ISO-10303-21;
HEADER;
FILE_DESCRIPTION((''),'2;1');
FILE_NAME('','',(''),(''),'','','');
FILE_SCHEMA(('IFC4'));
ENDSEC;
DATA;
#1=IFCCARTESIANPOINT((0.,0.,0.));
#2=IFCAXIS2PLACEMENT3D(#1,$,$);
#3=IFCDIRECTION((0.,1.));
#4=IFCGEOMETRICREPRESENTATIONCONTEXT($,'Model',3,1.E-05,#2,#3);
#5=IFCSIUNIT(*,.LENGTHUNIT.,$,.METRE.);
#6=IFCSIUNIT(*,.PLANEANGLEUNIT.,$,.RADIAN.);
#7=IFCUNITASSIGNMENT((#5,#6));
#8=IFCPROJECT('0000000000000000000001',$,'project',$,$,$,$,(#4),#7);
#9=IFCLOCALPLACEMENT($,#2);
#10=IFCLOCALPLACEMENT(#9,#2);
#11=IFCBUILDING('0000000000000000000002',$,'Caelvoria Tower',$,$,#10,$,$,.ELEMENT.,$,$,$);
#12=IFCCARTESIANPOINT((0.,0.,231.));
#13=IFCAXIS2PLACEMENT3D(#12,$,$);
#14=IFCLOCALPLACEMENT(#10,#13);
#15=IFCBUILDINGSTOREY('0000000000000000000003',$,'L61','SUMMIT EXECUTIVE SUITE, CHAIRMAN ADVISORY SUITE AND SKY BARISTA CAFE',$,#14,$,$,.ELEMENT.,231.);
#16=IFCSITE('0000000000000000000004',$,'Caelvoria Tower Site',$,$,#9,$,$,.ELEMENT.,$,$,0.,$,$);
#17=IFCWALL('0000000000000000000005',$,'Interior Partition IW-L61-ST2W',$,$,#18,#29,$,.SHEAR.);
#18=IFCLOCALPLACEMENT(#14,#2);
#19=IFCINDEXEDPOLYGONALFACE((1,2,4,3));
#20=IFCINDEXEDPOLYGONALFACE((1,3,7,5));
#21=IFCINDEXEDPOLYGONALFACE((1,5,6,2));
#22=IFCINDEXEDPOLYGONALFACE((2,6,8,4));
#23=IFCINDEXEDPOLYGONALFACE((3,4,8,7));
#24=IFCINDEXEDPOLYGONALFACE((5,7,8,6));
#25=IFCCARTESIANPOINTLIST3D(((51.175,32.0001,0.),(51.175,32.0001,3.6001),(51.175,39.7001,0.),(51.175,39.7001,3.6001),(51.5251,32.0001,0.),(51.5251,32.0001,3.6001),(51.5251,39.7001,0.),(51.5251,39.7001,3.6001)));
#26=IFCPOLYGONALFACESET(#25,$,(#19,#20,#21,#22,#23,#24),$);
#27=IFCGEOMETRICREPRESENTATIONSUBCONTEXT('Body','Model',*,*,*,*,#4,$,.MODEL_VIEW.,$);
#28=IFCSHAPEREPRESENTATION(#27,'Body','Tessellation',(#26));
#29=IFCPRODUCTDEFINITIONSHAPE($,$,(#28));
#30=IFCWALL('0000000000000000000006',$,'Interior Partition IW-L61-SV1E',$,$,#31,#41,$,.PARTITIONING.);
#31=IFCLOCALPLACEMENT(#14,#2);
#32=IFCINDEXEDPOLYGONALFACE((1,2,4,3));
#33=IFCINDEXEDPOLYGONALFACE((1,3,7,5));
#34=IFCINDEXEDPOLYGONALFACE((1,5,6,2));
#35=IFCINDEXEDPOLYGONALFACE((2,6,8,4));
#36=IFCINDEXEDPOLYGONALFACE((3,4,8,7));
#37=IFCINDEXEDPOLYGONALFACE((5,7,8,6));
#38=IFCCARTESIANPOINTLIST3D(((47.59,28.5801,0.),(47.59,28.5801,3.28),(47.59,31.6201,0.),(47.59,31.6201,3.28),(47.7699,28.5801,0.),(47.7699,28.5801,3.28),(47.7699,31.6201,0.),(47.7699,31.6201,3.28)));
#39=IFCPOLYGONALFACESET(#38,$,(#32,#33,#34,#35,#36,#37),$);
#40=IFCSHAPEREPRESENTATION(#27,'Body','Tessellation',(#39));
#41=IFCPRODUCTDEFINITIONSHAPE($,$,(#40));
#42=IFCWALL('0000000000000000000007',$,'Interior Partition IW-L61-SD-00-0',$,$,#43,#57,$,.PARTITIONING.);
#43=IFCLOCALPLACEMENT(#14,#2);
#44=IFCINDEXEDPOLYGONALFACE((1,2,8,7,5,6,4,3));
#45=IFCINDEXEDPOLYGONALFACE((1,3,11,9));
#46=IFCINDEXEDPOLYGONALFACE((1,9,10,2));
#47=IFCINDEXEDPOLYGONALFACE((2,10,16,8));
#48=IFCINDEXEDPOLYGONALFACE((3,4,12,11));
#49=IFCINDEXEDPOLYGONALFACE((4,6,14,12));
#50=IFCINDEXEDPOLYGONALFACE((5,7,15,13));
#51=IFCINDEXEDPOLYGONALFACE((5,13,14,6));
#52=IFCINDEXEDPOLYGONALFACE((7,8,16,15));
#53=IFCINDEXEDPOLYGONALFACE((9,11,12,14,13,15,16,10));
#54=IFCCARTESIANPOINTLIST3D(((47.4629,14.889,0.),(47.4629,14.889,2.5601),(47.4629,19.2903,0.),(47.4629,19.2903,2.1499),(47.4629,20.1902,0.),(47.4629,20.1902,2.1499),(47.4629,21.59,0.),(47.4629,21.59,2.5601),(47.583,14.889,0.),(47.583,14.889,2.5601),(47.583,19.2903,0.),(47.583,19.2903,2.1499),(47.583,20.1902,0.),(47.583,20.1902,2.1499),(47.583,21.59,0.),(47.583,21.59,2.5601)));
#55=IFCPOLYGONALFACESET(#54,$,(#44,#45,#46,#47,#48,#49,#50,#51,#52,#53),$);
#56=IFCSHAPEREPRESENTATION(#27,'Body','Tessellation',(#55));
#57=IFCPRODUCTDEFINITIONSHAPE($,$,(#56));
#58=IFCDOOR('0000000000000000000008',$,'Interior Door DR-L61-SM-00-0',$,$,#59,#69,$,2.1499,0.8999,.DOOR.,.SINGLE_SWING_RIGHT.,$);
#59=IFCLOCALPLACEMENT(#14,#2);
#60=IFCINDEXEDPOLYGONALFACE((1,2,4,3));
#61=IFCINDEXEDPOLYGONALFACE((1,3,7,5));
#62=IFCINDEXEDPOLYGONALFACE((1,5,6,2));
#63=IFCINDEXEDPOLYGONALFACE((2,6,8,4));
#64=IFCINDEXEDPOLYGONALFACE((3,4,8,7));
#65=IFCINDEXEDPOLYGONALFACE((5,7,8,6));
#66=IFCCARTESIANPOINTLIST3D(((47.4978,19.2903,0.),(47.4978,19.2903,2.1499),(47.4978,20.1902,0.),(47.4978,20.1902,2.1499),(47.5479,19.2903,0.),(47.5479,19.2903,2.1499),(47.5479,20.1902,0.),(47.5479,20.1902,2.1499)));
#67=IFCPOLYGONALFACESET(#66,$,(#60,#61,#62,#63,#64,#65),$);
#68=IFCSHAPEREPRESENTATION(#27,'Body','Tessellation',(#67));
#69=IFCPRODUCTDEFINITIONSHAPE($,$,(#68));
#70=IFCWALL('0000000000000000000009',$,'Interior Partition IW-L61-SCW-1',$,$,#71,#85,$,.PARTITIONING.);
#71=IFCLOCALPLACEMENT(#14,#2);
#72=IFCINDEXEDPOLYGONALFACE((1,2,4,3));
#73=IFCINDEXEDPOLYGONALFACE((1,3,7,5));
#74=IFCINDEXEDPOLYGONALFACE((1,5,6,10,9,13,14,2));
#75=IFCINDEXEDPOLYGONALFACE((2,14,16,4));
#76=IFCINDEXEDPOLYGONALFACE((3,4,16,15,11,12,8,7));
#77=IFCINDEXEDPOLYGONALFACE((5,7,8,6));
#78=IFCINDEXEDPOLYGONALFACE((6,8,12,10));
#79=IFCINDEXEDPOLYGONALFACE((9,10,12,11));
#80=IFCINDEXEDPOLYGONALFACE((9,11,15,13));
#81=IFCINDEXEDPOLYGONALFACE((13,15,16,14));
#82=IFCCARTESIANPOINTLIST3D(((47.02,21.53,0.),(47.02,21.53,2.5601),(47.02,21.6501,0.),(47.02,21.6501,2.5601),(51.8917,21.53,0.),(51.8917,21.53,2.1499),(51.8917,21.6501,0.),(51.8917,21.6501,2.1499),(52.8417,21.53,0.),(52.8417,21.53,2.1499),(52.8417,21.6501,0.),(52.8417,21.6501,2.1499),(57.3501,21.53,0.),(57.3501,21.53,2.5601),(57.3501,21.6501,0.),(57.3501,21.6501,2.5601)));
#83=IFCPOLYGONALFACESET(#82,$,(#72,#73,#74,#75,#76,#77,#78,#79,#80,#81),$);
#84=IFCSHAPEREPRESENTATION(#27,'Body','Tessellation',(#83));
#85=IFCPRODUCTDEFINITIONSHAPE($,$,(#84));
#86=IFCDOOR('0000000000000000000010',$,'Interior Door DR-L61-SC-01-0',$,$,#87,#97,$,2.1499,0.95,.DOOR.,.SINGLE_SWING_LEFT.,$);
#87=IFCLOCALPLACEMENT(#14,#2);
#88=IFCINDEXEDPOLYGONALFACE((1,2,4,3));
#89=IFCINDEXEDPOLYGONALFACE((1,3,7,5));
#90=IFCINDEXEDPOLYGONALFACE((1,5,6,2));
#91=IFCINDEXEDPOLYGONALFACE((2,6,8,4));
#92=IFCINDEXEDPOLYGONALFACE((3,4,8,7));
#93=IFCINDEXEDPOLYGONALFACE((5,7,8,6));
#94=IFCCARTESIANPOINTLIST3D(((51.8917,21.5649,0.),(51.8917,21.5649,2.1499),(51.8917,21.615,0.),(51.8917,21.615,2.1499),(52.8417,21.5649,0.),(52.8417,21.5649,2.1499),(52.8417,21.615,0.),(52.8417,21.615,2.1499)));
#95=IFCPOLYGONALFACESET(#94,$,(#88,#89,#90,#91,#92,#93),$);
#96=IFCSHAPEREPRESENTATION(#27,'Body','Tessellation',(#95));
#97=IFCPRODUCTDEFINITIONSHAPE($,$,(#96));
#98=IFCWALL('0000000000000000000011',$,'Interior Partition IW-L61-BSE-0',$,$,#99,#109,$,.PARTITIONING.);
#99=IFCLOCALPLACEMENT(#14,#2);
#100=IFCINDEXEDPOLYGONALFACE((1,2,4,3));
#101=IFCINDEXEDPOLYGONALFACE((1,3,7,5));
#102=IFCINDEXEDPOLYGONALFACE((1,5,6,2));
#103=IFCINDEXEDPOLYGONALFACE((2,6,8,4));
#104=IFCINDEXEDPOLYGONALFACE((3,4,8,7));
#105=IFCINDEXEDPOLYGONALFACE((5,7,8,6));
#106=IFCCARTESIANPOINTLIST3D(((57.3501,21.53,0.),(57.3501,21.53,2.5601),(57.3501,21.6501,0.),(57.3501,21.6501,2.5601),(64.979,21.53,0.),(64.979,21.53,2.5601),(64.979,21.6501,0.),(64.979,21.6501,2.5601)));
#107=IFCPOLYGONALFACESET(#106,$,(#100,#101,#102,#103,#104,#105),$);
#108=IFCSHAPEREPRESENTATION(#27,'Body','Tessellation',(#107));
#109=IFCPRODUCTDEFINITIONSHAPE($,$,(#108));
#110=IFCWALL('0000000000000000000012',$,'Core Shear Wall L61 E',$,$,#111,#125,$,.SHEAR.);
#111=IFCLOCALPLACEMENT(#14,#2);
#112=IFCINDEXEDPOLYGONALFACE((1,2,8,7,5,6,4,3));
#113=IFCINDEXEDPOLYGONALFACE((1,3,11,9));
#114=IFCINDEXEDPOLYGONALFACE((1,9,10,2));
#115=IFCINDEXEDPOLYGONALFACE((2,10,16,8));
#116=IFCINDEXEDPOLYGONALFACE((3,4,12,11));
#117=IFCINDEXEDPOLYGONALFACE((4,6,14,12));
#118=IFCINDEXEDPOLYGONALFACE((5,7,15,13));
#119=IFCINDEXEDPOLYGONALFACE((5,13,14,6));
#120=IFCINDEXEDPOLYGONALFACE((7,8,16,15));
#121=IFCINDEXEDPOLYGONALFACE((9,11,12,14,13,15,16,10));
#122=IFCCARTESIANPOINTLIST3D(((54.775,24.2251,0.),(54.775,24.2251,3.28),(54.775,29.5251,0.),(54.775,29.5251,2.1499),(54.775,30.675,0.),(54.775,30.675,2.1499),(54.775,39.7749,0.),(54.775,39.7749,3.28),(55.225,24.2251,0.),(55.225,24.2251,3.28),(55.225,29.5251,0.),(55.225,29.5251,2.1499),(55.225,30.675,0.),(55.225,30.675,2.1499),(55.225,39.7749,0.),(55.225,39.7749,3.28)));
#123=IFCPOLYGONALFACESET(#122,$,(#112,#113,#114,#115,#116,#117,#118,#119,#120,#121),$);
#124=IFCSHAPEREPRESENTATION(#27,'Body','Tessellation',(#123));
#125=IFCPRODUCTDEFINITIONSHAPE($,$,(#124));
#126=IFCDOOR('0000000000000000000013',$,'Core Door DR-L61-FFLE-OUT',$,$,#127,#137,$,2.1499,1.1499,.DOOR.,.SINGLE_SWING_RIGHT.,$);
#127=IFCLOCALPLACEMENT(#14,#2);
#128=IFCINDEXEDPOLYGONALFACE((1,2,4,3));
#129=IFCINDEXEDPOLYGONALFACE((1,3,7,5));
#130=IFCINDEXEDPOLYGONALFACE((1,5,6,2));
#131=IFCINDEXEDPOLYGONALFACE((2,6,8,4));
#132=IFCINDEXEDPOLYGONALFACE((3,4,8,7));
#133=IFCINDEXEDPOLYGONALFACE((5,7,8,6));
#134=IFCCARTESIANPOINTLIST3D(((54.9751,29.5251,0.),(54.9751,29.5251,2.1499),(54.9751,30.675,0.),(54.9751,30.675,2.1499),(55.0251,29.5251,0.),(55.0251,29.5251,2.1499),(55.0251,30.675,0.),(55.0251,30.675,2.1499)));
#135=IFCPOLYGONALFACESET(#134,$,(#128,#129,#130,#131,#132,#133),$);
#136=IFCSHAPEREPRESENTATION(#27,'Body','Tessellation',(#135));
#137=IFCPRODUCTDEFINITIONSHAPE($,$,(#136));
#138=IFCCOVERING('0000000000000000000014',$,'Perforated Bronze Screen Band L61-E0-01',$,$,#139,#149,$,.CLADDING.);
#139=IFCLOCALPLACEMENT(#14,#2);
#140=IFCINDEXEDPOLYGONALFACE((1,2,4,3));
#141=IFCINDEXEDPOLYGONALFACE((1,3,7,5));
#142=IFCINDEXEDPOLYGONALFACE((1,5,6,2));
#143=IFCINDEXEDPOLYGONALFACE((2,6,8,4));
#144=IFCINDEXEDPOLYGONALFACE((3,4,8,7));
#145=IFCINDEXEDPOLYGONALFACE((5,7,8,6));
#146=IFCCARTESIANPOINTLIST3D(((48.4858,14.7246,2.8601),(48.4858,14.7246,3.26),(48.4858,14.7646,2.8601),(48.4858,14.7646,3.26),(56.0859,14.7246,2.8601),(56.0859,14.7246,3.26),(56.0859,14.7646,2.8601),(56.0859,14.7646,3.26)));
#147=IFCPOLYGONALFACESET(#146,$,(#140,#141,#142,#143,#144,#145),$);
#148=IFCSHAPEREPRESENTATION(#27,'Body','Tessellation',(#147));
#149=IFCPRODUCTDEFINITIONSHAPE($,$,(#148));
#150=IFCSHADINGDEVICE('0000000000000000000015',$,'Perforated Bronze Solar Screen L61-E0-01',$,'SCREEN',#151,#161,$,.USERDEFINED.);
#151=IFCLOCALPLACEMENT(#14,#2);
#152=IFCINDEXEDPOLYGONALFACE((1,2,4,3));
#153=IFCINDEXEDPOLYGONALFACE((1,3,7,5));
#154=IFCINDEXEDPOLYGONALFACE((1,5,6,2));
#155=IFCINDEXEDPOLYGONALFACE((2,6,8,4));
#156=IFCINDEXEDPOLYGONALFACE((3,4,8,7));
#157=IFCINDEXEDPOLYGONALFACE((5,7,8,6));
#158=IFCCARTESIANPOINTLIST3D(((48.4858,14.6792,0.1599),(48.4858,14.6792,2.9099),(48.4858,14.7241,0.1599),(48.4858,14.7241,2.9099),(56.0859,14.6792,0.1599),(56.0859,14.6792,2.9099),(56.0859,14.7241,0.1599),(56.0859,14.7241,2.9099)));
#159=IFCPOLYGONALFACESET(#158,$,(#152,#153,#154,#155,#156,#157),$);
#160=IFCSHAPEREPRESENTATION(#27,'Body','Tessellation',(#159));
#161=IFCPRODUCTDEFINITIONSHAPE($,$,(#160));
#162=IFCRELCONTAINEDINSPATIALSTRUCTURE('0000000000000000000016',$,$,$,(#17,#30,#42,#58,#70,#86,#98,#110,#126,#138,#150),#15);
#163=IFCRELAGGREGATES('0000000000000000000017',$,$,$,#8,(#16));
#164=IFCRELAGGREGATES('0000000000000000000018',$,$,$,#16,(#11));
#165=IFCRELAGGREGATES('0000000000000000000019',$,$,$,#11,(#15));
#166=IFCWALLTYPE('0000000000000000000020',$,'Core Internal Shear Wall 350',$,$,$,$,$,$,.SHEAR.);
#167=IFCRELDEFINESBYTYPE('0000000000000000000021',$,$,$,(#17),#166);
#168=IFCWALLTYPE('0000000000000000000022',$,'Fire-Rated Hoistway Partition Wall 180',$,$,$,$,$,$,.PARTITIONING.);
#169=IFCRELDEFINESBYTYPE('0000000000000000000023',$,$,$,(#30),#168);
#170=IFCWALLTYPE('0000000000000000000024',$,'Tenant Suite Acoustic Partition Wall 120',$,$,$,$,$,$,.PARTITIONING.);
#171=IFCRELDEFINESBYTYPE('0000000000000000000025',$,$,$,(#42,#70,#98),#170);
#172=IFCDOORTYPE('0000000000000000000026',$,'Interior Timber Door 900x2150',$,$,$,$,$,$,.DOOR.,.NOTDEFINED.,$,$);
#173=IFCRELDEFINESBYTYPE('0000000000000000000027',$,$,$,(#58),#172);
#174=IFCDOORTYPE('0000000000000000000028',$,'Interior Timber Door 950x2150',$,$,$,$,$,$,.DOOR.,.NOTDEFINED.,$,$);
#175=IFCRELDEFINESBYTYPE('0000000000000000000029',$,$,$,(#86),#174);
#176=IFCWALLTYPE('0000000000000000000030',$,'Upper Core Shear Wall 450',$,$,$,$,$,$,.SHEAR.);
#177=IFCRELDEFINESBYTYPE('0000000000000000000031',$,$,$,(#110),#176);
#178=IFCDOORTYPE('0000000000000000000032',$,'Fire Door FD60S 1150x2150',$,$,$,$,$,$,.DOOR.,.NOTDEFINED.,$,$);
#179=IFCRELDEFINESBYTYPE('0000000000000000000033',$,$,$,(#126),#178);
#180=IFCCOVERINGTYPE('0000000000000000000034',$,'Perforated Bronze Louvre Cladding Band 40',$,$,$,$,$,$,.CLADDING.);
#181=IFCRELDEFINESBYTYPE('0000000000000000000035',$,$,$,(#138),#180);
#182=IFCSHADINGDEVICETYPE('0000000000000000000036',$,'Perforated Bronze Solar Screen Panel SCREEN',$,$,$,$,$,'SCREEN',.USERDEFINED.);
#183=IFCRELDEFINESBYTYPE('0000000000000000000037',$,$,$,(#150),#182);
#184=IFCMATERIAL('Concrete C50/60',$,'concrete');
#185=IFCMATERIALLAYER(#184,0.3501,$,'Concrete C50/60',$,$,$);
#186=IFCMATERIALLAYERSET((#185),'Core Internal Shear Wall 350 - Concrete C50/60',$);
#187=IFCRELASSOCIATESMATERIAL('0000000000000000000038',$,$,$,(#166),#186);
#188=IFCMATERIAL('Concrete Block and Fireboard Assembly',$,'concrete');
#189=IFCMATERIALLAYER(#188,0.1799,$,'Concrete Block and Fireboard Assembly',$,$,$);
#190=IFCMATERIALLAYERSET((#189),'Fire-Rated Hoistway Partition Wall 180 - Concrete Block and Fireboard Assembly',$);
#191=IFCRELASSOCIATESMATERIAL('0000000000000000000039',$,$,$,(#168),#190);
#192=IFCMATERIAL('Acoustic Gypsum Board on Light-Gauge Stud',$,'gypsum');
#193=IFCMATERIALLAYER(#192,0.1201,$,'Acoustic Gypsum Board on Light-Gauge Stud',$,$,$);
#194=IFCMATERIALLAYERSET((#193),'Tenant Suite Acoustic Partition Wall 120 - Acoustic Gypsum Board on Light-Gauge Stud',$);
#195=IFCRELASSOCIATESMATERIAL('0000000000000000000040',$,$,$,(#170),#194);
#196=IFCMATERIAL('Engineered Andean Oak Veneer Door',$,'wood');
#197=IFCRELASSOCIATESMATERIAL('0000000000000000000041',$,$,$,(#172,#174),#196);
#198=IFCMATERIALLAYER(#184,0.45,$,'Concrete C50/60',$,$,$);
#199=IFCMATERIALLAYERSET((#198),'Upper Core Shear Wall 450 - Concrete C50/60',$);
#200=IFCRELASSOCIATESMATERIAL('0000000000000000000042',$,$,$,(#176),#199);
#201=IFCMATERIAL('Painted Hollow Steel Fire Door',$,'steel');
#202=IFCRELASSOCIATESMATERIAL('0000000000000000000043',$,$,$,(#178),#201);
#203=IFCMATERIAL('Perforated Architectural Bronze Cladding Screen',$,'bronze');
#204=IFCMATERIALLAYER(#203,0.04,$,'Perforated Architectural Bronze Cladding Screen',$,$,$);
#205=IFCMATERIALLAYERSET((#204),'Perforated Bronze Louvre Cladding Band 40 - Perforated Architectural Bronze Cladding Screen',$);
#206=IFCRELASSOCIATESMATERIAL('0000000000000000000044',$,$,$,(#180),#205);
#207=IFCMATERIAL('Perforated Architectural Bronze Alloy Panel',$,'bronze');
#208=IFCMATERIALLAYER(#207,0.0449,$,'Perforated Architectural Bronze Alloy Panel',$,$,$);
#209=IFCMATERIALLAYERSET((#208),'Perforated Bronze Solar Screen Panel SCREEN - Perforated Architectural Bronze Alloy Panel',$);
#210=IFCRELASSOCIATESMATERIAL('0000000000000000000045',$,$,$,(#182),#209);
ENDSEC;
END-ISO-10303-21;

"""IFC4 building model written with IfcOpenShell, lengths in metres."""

from ifc_helpers import new_model, si_unit, direction, frame, frame_2d, origin, origin_2d, place, context, subcontext, project, spatial, rectangle, extrude, material, layer, layer_set, type_object, element, fill, save


model = new_model("IFC4")

# Units and contexts
model_context = context("Model", 3, precision=1e-05, world=origin(), true_north=direction((0.0, 1.0)))
body_context = subcontext(model_context, "Body", "Model", "MODEL_VIEW")
ifc_project = project(units=[si_unit("LENGTHUNIT", "METRE"), si_unit("PLANEANGLEUNIT", "RADIAN")], contexts=[model_context])

# Site, building, storey
site_placement = place(None, origin())
site = spatial("IfcSite", under=ifc_project, at=site_placement, Name="Caelvoria Tower Site", CompositionType="ELEMENT", RefElevation=0.0)
building_placement = place(site_placement, origin())
building = spatial("IfcBuilding", under=site, at=building_placement, Name="Caelvoria Tower", CompositionType="ELEMENT")
storey_placement = place(building_placement, frame((0.0, 0.0, 231.0)))
storey = spatial("IfcBuildingStorey", under=building, at=storey_placement, Name="L61", Description="SUMMIT EXECUTIVE SUITE, CHAIRMAN ADVISORY SUITE AND SKY BARISTA CAFE", CompositionType="ELEMENT", Elevation=231.0)

# Wall
ifc_material_1 = material(Name="Concrete C50/60", Category="concrete")
ifc_layer_1 = layer(ifc_material_1, 0.3501, Name="Concrete C50/60")
ifc_layer_set_1 = layer_set([ifc_layer_1], Name="Core Internal Shear Wall 350 - Concrete C50/60")
wall_type_1 = type_object("IfcWallType", Name="Core Internal Shear Wall 350", PredefinedType="SHEAR", material=ifc_layer_set_1)
wall_1_placement = place(storey_placement, frame((51.3501, 32.0, 0.0), z_axis=(0.0, 0.0, 1.0), x_axis=(0.0, 1.0, 0.0)))
element("IfcWall", 1, at=wall_1_placement, inside=storey, type_object=wall_type_1, Name="Interior Partition IW-L61-ST2W", PredefinedType="SHEAR", context=body_context, shape_type="SweptSolid", body=[
    extrude(rectangle(XDim=7.7, YDim=0.3501, at=frame_2d((3.8501, 0.0))), origin(), (0.0, 0.0, 1.0), 3.6001),
])

# Wall
ifc_material_2 = material(Name="Concrete Block and Fireboard Assembly", Category="concrete")
ifc_layer_2 = layer(ifc_material_2, 0.1799, Name="Concrete Block and Fireboard Assembly")
ifc_layer_set_2 = layer_set([ifc_layer_2], Name="Fire-Rated Hoistway Partition Wall 180 - Concrete Block and Fireboard Assembly")
wall_type_2 = type_object("IfcWallType", Name="Fire-Rated Hoistway Partition Wall 180", PredefinedType="PARTITIONING", material=ifc_layer_set_2)
wall_2_placement = place(storey_placement, frame((47.6799, 28.5801, 0.0), z_axis=(0.0, 0.0, 1.0), x_axis=(0.0, 1.0, 0.0)))
element("IfcWall", 2, at=wall_2_placement, inside=storey, type_object=wall_type_2, Name="Interior Partition IW-L61-SV1E", PredefinedType="PARTITIONING", context=body_context, shape_type="SweptSolid", body=[
    extrude(rectangle(XDim=3.04, YDim=0.1799, at=frame_2d((1.52, 0.0))), origin(), (0.0, 0.0, 1.0), 3.28),
])

# Walls, openings, doors
ifc_material_3 = material(Name="Acoustic Gypsum Board on Light-Gauge Stud", Category="gypsum")
ifc_layer_3 = layer(ifc_material_3, 0.1201, Name="Acoustic Gypsum Board on Light-Gauge Stud")
ifc_layer_set_3 = layer_set([ifc_layer_3], Name="Tenant Suite Acoustic Partition Wall 120 - Acoustic Gypsum Board on Light-Gauge Stud")
wall_type_3 = type_object("IfcWallType", Name="Tenant Suite Acoustic Partition Wall 120", PredefinedType="PARTITIONING", material=ifc_layer_set_3)
wall_3_placement = place(storey_placement, frame((47.5229, 21.5901, 0.0), z_axis=(0.0, 0.0, 1.0), x_axis=(0.0, -1.0, 0.0)))
wall_3 = element("IfcWall", 3, at=wall_3_placement, inside=storey, type_object=wall_type_3, Name="Interior Partition IW-L61-SD-00-0", PredefinedType="PARTITIONING", context=body_context, shape_type="SweptSolid", body=[
    extrude(rectangle(XDim=6.7009, YDim=0.1201, at=frame_2d((3.3506, 0.0))), origin(), (0.0, 0.0, 1.0), 2.5601),
])
opening_1_placement = place(wall_3_placement, frame((1.3999, 0.0, 0.0)))
opening_1 = element("IfcOpeningElement", 4, at=opening_1_placement, cuts=wall_3, PredefinedType="OPENING", context=body_context, shape_type="SweptSolid", body=[
    extrude(rectangle(XDim=0.8999, YDim=2.1499, at=frame_2d((0.45, 1.075))), frame((0.0, 0.0701, 0.0), z_axis=(0.0, -1.0, 0.0), x_axis=(1.0, 0.0, 0.0)), (0.0, 0.0, 1.0), 0.1401),
])
ifc_material_4 = material(Name="Engineered Andean Oak Veneer Door", Category="wood")
door_type_1 = type_object("IfcDoorType", Name="Interior Timber Door 900x2150", OperationType="NOTDEFINED", PredefinedType="DOOR", material=ifc_material_4)
door_1_placement = place(opening_1_placement, origin())
door_1 = element("IfcDoor", 5, at=door_1_placement, inside=storey, type_object=door_type_1, Name="Interior Door DR-L61-SM-00-0", OperationType="SINGLE_SWING_RIGHT", OverallHeight=2.1499, OverallWidth=0.8999, PredefinedType="DOOR", context=body_context, shape_type="SweptSolid", body=[
    extrude(rectangle(XDim=0.8999, YDim=2.1499, at=frame_2d((0.45, 1.075))), frame((0.0, 0.0249, 0.0), z_axis=(0.0, -1.0, 0.0), x_axis=(1.0, 0.0, 0.0)), (0.0, 0.0, 1.0), 0.05),
])
fill(opening_1, door_1)
wall_4_placement = place(storey_placement, frame((47.02, 21.5901, 0.0), z_axis=(0.0, 0.0, 1.0), x_axis=(1.0, 0.0, 0.0)))
wall_4 = element("IfcWall", 6, at=wall_4_placement, inside=storey, type_object=wall_type_3, Name="Interior Partition IW-L61-SCW-1", PredefinedType="PARTITIONING", context=body_context, shape_type="SweptSolid", body=[
    extrude(rectangle(XDim=10.3301, YDim=0.1201, at=frame_2d((5.165, 0.0))), origin(), (0.0, 0.0, 1.0), 2.5601),
])
opening_2_placement = place(wall_4_placement, frame((4.8716, 0.0, 0.0)))
opening_2 = element("IfcOpeningElement", 7, at=opening_2_placement, cuts=wall_4, PredefinedType="OPENING", context=body_context, shape_type="SweptSolid", body=[
    extrude(rectangle(XDim=0.95, YDim=2.1499, at=frame_2d((0.4751, 1.075))), frame((0.0, 0.0701, 0.0), z_axis=(0.0, -1.0, 0.0), x_axis=(1.0, 0.0, 0.0)), (0.0, 0.0, 1.0), 0.1401),
])
door_type_2 = type_object("IfcDoorType", Name="Interior Timber Door 950x2150", OperationType="NOTDEFINED", PredefinedType="DOOR", material=ifc_material_4)
door_2_placement = place(opening_2_placement, origin())
door_2 = element("IfcDoor", 8, at=door_2_placement, inside=storey, type_object=door_type_2, Name="Interior Door DR-L61-SC-01-0", OperationType="SINGLE_SWING_LEFT", OverallHeight=2.1499, OverallWidth=0.95, PredefinedType="DOOR", context=body_context, shape_type="SweptSolid", body=[
    extrude(rectangle(XDim=0.95, YDim=2.1499, at=frame_2d((0.4751, 1.075))), frame((0.0, 0.0249, 0.0), z_axis=(0.0, -1.0, 0.0), x_axis=(1.0, 0.0, 0.0)), (0.0, 0.0, 1.0), 0.05),
])
fill(opening_2, door_2)

# Wall
wall_5_placement = place(storey_placement, frame((57.3501, 21.5901, 0.0), z_axis=(0.0, 0.0, 1.0), x_axis=(1.0, 0.0, 0.0)))
element("IfcWall", 9, at=wall_5_placement, inside=storey, type_object=wall_type_3, Name="Interior Partition IW-L61-BSE-0", PredefinedType="PARTITIONING", context=body_context, shape_type="SweptSolid", body=[
    extrude(rectangle(XDim=7.6289, YDim=0.1201, at=frame_2d((3.8145, 0.0))), origin(), (0.0, 0.0, 1.0), 2.5601),
])

# Wall, opening, door
ifc_layer_4 = layer(ifc_material_1, 0.45, Name="Concrete C50/60")
ifc_layer_set_4 = layer_set([ifc_layer_4], Name="Upper Core Shear Wall 450 - Concrete C50/60")
wall_type_4 = type_object("IfcWallType", Name="Upper Core Shear Wall 450", PredefinedType="SHEAR", material=ifc_layer_set_4)
wall_6_placement = place(storey_placement, frame((55.0, 24.2251, 0.0), z_axis=(0.0, 0.0, 1.0), x_axis=(0.0, 1.0, 0.0)))
wall_6 = element("IfcWall", 10, at=wall_6_placement, inside=storey, type_object=wall_type_4, Name="Core Shear Wall L61 E", PredefinedType="SHEAR", context=body_context, shape_type="SweptSolid", body=[
    extrude(rectangle(XDim=15.5498, YDim=0.45, at=frame_2d((7.7749, 0.0))), origin(), (0.0, 0.0, 1.0), 3.28),
])
opening_3_placement = place(wall_6_placement, frame((5.3, 0.0, 0.0)))
opening_3 = element("IfcOpeningElement", 11, at=opening_3_placement, cuts=wall_6, PredefinedType="OPENING", context=body_context, shape_type="SweptSolid", body=[
    extrude(rectangle(XDim=1.1499, YDim=2.1499, at=frame_2d((0.575, 1.075))), frame((0.0, 0.2349, 0.0), z_axis=(0.0, -1.0, 0.0), x_axis=(1.0, 0.0, 0.0)), (0.0, 0.0, 1.0), 0.47),
])
ifc_material_5 = material(Name="Painted Hollow Steel Fire Door", Category="steel")
door_type_3 = type_object("IfcDoorType", Name="Fire Door FD60S 1150x2150", OperationType="NOTDEFINED", PredefinedType="DOOR", material=ifc_material_5)
door_3_placement = place(opening_3_placement, origin())
door_3 = element("IfcDoor", 12, at=door_3_placement, inside=storey, type_object=door_type_3, Name="Core Door DR-L61-FFLE-OUT", OperationType="SINGLE_SWING_RIGHT", OverallHeight=2.1499, OverallWidth=1.1499, PredefinedType="DOOR", context=body_context, shape_type="SweptSolid", body=[
    extrude(rectangle(XDim=1.1499, YDim=2.1499, at=frame_2d((0.575, 1.075))), frame((0.0, 0.0249, 0.0), z_axis=(0.0, -1.0, 0.0), x_axis=(1.0, 0.0, 0.0)), (0.0, 0.0, 1.0), 0.05),
])
fill(opening_3, door_3)

# Covering
ifc_material_6 = material(Name="Perforated Architectural Bronze Cladding Screen", Category="bronze")
ifc_layer_5 = layer(ifc_material_6, 0.04, Name="Perforated Architectural Bronze Cladding Screen")
ifc_layer_set_5 = layer_set([ifc_layer_5], Name="Perforated Bronze Louvre Cladding Band 40 - Perforated Architectural Bronze Cladding Screen")
covering_type = type_object("IfcCoveringType", Name="Perforated Bronze Louvre Cladding Band 40", PredefinedType="CLADDING", material=ifc_layer_set_5)
covering_placement = place(storey_placement, frame((52.2859, 14.7446, 2.8601), z_axis=(0.0, 0.0, 1.0), x_axis=(1.0, 0.0, 0.0)))
element("IfcCovering", 13, at=covering_placement, inside=storey, type_object=covering_type, Name="Perforated Bronze Screen Band L61-E0-01", PredefinedType="CLADDING", context=body_context, shape_type="SweptSolid", body=[
    extrude(rectangle(XDim=7.6001, YDim=0.04, at=origin_2d()), origin(), (0.0, 0.0, 1.0), 0.3999),
])

# Shading device
ifc_material_7 = material(Name="Perforated Architectural Bronze Alloy Panel", Category="bronze")
ifc_layer_6 = layer(ifc_material_7, 0.0449, Name="Perforated Architectural Bronze Alloy Panel")
ifc_layer_set_6 = layer_set([ifc_layer_6], Name="Perforated Bronze Solar Screen Panel SCREEN - Perforated Architectural Bronze Alloy Panel")
shading_device_type = type_object("IfcShadingDeviceType", Name="Perforated Bronze Solar Screen Panel SCREEN", ElementType="SCREEN", PredefinedType="USERDEFINED", material=ifc_layer_set_6)
shading_device_placement = place(storey_placement, frame((52.2859, 14.7017, 0.1599), z_axis=(0.0, 0.0, 1.0), x_axis=(1.0, 0.0, 0.0)))
element("IfcShadingDevice", 14, at=shading_device_placement, inside=storey, type_object=shading_device_type, Name="Perforated Bronze Solar Screen L61-E0-01", ObjectType="SCREEN", PredefinedType="USERDEFINED", context=body_context, shape_type="SweptSolid", body=[
    extrude(rectangle(XDim=7.6001, YDim=0.0449, at=origin_2d()), origin(), (0.0, 0.0, 1.0), 2.75),
])

save(model, "model.ifc")
